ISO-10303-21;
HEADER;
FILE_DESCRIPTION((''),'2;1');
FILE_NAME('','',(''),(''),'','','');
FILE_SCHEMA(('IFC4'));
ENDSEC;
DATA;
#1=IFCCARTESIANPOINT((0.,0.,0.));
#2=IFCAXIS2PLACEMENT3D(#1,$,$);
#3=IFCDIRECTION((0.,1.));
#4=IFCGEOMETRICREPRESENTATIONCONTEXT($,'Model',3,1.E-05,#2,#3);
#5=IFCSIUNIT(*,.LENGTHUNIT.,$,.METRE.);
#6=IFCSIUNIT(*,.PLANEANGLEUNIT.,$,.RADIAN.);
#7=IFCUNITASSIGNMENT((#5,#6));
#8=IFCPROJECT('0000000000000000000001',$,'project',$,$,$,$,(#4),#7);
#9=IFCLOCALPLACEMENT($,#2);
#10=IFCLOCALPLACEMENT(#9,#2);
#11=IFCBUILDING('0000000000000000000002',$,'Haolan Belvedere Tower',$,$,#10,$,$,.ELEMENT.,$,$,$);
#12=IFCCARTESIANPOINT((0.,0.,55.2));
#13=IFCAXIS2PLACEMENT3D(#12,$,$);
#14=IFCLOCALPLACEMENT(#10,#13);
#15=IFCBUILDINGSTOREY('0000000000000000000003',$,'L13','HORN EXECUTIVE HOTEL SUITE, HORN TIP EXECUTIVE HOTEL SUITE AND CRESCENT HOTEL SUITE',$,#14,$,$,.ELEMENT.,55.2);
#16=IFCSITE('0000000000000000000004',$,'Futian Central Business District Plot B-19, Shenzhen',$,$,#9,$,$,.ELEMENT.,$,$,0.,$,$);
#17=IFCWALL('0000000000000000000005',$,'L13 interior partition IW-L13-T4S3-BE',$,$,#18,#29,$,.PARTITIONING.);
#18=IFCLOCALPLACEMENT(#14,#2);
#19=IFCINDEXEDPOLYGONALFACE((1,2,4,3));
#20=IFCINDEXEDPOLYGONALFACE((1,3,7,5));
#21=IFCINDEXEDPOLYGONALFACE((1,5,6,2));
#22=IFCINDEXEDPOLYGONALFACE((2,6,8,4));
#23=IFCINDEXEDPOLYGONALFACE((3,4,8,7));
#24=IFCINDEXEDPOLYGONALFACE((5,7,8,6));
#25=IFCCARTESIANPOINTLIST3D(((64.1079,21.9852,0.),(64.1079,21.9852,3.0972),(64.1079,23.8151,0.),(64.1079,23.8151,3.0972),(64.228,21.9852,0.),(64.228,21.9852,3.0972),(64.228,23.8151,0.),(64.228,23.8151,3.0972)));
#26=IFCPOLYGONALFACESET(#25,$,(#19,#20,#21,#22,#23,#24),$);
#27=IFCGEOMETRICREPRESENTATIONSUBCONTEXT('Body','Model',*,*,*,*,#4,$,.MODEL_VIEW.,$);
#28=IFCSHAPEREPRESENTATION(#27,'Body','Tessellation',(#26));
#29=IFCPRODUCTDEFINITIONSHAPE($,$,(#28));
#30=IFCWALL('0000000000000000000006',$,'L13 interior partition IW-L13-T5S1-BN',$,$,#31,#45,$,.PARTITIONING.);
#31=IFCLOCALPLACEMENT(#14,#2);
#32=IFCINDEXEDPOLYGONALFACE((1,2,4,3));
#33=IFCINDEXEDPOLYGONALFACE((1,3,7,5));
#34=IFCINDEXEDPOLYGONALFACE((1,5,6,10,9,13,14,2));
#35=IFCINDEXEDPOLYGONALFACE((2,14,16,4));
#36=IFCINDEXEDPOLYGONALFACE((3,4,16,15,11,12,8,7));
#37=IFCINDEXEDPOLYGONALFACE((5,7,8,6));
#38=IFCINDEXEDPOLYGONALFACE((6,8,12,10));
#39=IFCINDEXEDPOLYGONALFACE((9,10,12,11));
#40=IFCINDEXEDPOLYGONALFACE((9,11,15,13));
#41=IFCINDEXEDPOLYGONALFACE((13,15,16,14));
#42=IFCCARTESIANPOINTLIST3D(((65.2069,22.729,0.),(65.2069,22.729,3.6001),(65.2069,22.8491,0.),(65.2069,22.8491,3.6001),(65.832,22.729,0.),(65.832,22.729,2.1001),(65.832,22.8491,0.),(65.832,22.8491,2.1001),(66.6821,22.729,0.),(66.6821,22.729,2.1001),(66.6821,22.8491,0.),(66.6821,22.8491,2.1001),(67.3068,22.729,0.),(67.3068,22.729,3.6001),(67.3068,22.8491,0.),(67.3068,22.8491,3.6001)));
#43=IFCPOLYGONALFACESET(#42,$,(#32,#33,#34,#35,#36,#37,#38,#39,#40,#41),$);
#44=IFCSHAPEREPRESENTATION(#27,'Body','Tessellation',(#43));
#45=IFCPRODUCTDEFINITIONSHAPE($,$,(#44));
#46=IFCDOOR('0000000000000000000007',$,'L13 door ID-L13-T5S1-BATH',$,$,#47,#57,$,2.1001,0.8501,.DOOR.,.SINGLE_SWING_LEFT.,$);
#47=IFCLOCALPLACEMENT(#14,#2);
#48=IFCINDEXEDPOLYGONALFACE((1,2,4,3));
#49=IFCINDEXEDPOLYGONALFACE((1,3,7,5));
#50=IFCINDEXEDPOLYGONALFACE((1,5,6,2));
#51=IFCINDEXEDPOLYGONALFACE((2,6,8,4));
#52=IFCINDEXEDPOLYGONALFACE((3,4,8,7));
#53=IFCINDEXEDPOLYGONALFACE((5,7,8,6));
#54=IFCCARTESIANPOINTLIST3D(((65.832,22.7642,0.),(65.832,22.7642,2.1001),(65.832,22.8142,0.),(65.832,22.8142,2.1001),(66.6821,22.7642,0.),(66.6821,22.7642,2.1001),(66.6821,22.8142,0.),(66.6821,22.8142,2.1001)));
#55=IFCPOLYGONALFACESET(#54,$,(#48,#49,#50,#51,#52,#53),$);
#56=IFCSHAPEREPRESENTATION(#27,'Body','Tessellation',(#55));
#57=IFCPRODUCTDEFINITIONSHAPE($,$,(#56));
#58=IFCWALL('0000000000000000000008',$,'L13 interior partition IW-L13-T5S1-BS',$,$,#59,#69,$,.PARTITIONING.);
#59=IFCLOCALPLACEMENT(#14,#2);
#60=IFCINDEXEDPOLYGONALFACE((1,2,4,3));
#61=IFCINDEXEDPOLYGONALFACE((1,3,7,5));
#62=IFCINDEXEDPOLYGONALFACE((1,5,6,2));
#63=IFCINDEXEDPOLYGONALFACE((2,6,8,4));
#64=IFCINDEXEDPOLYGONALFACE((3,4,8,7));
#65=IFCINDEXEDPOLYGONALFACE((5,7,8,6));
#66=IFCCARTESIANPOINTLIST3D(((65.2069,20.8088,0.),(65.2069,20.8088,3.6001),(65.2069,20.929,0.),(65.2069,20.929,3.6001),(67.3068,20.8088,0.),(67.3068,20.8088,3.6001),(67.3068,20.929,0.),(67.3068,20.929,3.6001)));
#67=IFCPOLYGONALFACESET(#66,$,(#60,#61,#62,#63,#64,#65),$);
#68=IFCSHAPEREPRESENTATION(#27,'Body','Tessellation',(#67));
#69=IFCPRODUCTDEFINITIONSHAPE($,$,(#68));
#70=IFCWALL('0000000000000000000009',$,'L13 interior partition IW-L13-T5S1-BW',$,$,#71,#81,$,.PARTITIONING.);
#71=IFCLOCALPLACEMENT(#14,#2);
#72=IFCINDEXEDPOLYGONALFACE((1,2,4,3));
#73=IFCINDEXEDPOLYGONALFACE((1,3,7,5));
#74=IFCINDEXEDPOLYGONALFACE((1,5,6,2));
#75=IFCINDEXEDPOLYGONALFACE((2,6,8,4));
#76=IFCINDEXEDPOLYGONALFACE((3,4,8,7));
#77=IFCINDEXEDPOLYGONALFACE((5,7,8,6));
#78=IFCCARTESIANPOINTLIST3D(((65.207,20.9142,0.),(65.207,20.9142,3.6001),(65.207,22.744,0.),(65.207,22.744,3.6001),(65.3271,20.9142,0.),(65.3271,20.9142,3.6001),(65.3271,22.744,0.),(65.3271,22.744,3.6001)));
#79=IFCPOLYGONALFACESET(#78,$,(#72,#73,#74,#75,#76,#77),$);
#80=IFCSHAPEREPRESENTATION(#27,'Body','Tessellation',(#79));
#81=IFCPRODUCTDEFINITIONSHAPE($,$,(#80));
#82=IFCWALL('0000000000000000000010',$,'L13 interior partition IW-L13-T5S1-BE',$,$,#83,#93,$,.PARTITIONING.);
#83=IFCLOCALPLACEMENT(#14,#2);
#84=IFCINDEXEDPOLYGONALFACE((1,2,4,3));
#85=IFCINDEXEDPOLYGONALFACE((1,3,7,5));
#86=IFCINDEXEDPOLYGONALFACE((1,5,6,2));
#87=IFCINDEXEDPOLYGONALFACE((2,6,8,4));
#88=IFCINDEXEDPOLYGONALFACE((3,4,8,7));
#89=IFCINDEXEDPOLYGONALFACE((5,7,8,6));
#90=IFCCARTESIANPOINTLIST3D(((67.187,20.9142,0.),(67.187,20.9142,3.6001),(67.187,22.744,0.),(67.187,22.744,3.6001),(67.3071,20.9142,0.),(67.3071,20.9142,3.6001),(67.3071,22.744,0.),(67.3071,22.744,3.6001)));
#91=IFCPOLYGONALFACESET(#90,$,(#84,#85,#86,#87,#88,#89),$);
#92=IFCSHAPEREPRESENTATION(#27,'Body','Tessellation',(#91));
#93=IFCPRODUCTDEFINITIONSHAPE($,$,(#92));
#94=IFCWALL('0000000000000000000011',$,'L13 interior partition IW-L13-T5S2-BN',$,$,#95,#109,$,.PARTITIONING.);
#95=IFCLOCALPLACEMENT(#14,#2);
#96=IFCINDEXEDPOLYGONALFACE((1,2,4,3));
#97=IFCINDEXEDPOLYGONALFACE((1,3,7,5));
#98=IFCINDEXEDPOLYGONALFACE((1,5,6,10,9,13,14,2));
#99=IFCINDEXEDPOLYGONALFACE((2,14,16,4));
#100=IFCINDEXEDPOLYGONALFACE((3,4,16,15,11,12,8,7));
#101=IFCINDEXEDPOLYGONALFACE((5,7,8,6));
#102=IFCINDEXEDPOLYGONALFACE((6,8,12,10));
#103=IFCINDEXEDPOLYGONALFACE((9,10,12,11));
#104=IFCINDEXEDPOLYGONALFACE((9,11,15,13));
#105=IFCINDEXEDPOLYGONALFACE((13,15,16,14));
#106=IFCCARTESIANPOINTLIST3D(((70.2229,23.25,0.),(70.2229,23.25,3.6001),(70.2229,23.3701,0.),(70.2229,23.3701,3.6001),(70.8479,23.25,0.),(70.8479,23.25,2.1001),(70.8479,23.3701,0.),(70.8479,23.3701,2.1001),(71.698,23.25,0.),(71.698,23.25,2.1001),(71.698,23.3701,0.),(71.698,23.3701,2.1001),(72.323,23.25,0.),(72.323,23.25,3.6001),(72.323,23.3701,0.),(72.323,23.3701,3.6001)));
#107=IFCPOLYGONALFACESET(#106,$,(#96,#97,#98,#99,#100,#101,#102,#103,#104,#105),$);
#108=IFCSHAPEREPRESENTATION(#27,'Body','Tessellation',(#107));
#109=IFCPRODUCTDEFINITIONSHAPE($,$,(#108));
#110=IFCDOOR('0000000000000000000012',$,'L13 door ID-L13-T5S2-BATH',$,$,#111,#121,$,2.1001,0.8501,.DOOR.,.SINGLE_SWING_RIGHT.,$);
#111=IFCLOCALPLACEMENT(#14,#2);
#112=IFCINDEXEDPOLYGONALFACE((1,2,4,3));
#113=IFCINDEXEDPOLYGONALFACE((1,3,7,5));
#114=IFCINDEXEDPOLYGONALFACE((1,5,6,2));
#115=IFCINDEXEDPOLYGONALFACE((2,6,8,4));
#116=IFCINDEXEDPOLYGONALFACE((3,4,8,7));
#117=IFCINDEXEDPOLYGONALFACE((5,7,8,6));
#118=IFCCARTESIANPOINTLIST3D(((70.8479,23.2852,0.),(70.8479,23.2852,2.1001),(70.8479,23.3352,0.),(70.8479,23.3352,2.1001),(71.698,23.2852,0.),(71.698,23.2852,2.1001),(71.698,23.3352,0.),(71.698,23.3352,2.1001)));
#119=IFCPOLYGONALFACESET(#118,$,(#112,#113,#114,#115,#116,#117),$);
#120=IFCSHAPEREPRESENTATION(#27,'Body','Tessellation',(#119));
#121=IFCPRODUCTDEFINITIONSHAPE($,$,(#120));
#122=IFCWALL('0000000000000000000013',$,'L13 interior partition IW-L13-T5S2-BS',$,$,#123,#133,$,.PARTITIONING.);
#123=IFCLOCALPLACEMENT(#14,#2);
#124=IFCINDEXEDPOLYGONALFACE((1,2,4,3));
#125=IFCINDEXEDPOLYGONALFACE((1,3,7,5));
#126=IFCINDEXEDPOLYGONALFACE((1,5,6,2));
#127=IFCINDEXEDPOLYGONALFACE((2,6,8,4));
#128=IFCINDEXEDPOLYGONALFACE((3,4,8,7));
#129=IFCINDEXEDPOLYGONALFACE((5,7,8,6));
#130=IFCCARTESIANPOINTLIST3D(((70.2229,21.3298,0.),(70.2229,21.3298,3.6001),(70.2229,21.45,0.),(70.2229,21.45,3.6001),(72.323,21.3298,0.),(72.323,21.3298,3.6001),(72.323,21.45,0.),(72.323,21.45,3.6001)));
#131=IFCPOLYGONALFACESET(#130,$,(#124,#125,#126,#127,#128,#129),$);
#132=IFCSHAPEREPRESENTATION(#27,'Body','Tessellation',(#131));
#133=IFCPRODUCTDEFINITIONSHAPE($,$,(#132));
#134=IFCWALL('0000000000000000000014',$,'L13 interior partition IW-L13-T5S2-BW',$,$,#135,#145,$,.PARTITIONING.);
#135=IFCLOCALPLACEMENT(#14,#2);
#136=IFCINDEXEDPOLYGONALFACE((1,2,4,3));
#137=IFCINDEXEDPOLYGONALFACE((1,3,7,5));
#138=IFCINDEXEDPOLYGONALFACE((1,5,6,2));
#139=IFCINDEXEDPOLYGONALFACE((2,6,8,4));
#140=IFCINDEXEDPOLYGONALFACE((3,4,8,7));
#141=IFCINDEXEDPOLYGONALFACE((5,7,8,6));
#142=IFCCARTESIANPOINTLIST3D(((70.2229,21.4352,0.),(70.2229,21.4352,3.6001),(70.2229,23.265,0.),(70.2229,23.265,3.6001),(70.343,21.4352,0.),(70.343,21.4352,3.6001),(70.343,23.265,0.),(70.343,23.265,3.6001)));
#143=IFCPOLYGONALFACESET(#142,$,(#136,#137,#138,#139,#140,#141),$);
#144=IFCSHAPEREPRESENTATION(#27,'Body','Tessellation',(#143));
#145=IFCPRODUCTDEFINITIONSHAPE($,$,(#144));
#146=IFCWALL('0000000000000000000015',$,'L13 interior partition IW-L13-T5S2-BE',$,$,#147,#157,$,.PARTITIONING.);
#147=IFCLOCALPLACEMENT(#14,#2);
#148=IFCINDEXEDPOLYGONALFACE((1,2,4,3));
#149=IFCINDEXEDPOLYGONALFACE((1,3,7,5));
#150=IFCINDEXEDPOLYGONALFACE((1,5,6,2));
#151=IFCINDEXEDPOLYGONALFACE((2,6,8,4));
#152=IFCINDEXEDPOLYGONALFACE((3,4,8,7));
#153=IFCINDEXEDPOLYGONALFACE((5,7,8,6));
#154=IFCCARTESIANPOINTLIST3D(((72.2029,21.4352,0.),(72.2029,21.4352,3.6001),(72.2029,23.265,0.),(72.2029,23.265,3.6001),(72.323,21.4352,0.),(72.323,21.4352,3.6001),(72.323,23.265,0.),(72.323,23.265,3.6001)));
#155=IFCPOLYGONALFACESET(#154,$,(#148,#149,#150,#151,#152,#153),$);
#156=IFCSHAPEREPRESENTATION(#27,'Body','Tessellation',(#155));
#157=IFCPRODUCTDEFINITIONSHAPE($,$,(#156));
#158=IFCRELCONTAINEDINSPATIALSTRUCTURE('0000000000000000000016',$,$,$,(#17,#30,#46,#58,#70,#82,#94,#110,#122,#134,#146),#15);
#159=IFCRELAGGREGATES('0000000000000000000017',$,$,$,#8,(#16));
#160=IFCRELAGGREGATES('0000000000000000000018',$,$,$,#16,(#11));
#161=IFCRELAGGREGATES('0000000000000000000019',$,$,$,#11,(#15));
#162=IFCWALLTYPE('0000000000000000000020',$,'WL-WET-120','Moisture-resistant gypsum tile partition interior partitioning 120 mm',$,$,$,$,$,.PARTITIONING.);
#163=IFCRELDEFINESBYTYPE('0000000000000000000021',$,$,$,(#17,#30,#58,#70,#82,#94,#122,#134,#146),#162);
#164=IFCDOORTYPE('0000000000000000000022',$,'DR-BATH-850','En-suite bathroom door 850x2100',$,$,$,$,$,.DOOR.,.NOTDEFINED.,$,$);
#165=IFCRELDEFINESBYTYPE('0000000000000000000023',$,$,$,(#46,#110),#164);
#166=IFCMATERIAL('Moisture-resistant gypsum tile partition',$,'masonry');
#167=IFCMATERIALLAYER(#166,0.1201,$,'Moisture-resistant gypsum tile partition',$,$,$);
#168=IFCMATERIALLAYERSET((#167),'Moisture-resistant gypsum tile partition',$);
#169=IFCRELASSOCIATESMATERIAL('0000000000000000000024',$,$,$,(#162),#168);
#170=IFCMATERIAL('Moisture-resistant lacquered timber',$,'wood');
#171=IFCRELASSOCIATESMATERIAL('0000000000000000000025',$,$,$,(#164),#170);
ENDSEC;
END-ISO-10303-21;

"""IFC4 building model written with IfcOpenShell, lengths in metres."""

from ifc_helpers import new_model, si_unit, direction, frame, frame_2d, origin, place, context, subcontext, project, spatial, rectangle, extrude, material, layer, layer_set, type_object, element, fill, save


model = new_model("IFC4")

# Units and contexts
model_context = context("Model", 3, precision=1e-05, world=origin(), true_north=direction((0.0, 1.0)))
body_context = subcontext(model_context, "Body", "Model", "MODEL_VIEW")
ifc_project = project(units=[si_unit("LENGTHUNIT", "METRE"), si_unit("PLANEANGLEUNIT", "RADIAN")], contexts=[model_context])

# Site, building, storey
site_placement = place(None, origin())
site = spatial("IfcSite", under=ifc_project, at=site_placement, Name="Futian Central Business District Plot B-19, Shenzhen", CompositionType="ELEMENT", RefElevation=0.0)
building_placement = place(site_placement, origin())
building = spatial("IfcBuilding", under=site, at=building_placement, Name="Haolan Belvedere Tower", CompositionType="ELEMENT")
storey_placement = place(building_placement, frame((0.0, 0.0, 55.2)))
storey = spatial("IfcBuildingStorey", under=building, at=storey_placement, Name="L13", Description="HORN EXECUTIVE HOTEL SUITE, HORN TIP EXECUTIVE HOTEL SUITE AND CRESCENT HOTEL SUITE", CompositionType="ELEMENT", Elevation=55.2)

# Shared definitions
ifc_material_1 = material(Name="Moisture-resistant gypsum tile partition", Category="masonry")
ifc_layer_1 = layer(ifc_material_1, 0.1201, Name="Moisture-resistant gypsum tile partition")
ifc_layer_set_1 = layer_set([ifc_layer_1], Name="Moisture-resistant gypsum tile partition")
wall_type_1 = type_object("IfcWallType", Name="WL-WET-120", Description="Moisture-resistant gypsum tile partition interior partitioning 120 mm", PredefinedType="PARTITIONING", material=ifc_layer_set_1)
ifc_material_2 = material(Name="Moisture-resistant lacquered timber", Category="wood")
door_type_1 = type_object("IfcDoorType", Name="DR-BATH-850", Description="En-suite bathroom door 850x2100", OperationType="NOTDEFINED", PredefinedType="DOOR", material=ifc_material_2)

# Wall
wall_1_placement = place(storey_placement, frame((64.168, 21.9851, 0.0), z_axis=(0.0, 0.0, 1.0), x_axis=(0.0, 1.0, 0.0)))
element("IfcWall", 1, at=wall_1_placement, inside=storey, type_object=wall_type_1, Name="L13 interior partition IW-L13-T4S3-BE", PredefinedType="PARTITIONING", context=body_context, shape_type="SweptSolid", body=[
    extrude(rectangle(XDim=1.8298, YDim=0.1201, at=frame_2d((0.915, 0.0))), origin(), (0.0, 0.0, 1.0), 3.0972),
])

# Wall, opening, door
wall_2_placement = place(storey_placement, frame((65.207, 22.7891, 0.0), z_axis=(0.0, 0.0, 1.0), x_axis=(1.0, 0.0, 0.0)))
wall_2 = element("IfcWall", 2, at=wall_2_placement, inside=storey, type_object=wall_type_1, Name="L13 interior partition IW-L13-T5S1-BN", PredefinedType="PARTITIONING", context=body_context, shape_type="SweptSolid", body=[
    extrude(rectangle(XDim=2.0999, YDim=0.1201, at=frame_2d((1.0498, 0.0))), origin(), (0.0, 0.0, 1.0), 3.6001),
])
opening_1_placement = place(wall_2_placement, frame((1.4751, 0.0, 0.0), z_axis=(0.0, 0.0, 1.0), x_axis=(-1.0, 0.0, 0.0)))
opening_1 = element("IfcOpeningElement", 3, at=opening_1_placement, cuts=wall_2, PredefinedType="OPENING", context=body_context, shape_type="SweptSolid", body=[
    extrude(rectangle(XDim=0.8501, YDim=2.1001, at=frame_2d((0.425, 1.05))), frame((0.0, 0.0701, 0.0), z_axis=(0.0, -1.0, 0.0), x_axis=(1.0, 0.0, 0.0)), (0.0, 0.0, 1.0), 0.1401),
])
door_1_placement = place(opening_1_placement, origin())
door_1 = element("IfcDoor", 4, at=door_1_placement, inside=storey, type_object=door_type_1, Name="L13 door ID-L13-T5S1-BATH", OperationType="SINGLE_SWING_LEFT", OverallHeight=2.1001, OverallWidth=0.8501, PredefinedType="DOOR", context=body_context, shape_type="SweptSolid", body=[
    extrude(rectangle(XDim=0.8501, YDim=2.1001, at=frame_2d((0.425, 1.05))), frame((0.0, 0.0249, 0.0), z_axis=(0.0, -1.0, 0.0), x_axis=(1.0, 0.0, 0.0)), (0.0, 0.0, 1.0), 0.05),
])
fill(opening_1, door_1)

# Walls
wall_3_placement = place(storey_placement, frame((65.207, 20.8689, 0.0), z_axis=(0.0, 0.0, 1.0), x_axis=(1.0, 0.0, 0.0)))
element("IfcWall", 5, at=wall_3_placement, inside=storey, type_object=wall_type_1, Name="L13 interior partition IW-L13-T5S1-BS", PredefinedType="PARTITIONING", context=body_context, shape_type="SweptSolid", body=[
    extrude(rectangle(XDim=2.0999, YDim=0.1201, at=frame_2d((1.0498, 0.0))), origin(), (0.0, 0.0, 1.0), 3.6001),
])
for number, where, z_axis, x_axis, name in (
    (6, (65.2671, 20.9141, 0.0), (0.0, 0.0, 1.0), (0.0, 1.0, 0.0), "L13 interior partition IW-L13-T5S1-BW"),
    (7, (67.2471, 20.9141, 0.0), (0.0, 0.0, 1.0), (0.0, 1.0, 0.0), "L13 interior partition IW-L13-T5S1-BE"),
):
    element("IfcWall", number, at=place(storey_placement, frame(where, z_axis=z_axis, x_axis=x_axis)), inside=storey, type_object=wall_type_1, Name=name, PredefinedType="PARTITIONING", context=body_context, shape_type="SweptSolid", body=[
        extrude(rectangle(XDim=1.8298, YDim=0.1201, at=frame_2d((0.915, 0.0))), origin(), (0.0, 0.0, 1.0), 3.6001),
    ])

# Wall, opening, door
wall_4_placement = place(storey_placement, frame((70.2229, 23.3101, 0.0), z_axis=(0.0, 0.0, 1.0), x_axis=(1.0, 0.0, 0.0)))
wall_4 = element("IfcWall", 8, at=wall_4_placement, inside=storey, type_object=wall_type_1, Name="L13 interior partition IW-L13-T5S2-BN", PredefinedType="PARTITIONING", context=body_context, shape_type="SweptSolid", body=[
    extrude(rectangle(XDim=2.1001, YDim=0.1201, at=frame_2d((1.05, 0.0))), origin(), (0.0, 0.0, 1.0), 3.6001),
])
opening_2_placement = place(wall_4_placement, frame((1.4751, 0.0, 0.0), z_axis=(0.0, 0.0, 1.0), x_axis=(-1.0, 0.0, 0.0)))
opening_2 = element("IfcOpeningElement", 9, at=opening_2_placement, cuts=wall_4, PredefinedType="OPENING", context=body_context, shape_type="SweptSolid", body=[
    extrude(rectangle(XDim=0.8501, YDim=2.1001, at=frame_2d((0.425, 1.05))), frame((0.0, 0.0701, 0.0), z_axis=(0.0, -1.0, 0.0), x_axis=(1.0, 0.0, 0.0)), (0.0, 0.0, 1.0), 0.1401),
])
door_2_placement = place(opening_2_placement, origin())
door_2 = element("IfcDoor", 10, at=door_2_placement, inside=storey, type_object=door_type_1, Name="L13 door ID-L13-T5S2-BATH", OperationType="SINGLE_SWING_RIGHT", OverallHeight=2.1001, OverallWidth=0.8501, PredefinedType="DOOR", context=body_context, shape_type="SweptSolid", body=[
    extrude(rectangle(XDim=0.8501, YDim=2.1001, at=frame_2d((0.425, 1.05))), frame((0.0, 0.0249, 0.0), z_axis=(0.0, -1.0, 0.0), x_axis=(1.0, 0.0, 0.0)), (0.0, 0.0, 1.0), 0.05),
])
fill(opening_2, door_2)

# Walls
wall_5_placement = place(storey_placement, frame((70.2229, 21.3899, 0.0), z_axis=(0.0, 0.0, 1.0), x_axis=(1.0, 0.0, 0.0)))
element("IfcWall", 11, at=wall_5_placement, inside=storey, type_object=wall_type_1, Name="L13 interior partition IW-L13-T5S2-BS", PredefinedType="PARTITIONING", context=body_context, shape_type="SweptSolid", body=[
    extrude(rectangle(XDim=2.1001, YDim=0.1201, at=frame_2d((1.05, 0.0))), origin(), (0.0, 0.0, 1.0), 3.6001),
])
for number, where, z_axis, x_axis, name in (
    (12, (70.283, 21.4351, 0.0), (0.0, 0.0, 1.0), (0.0, 1.0, 0.0), "L13 interior partition IW-L13-T5S2-BW"),
    (13, (72.2629, 21.4351, 0.0), (0.0, 0.0, 1.0), (0.0, 1.0, 0.0), "L13 interior partition IW-L13-T5S2-BE"),
):
    element("IfcWall", number, at=place(storey_placement, frame(where, z_axis=z_axis, x_axis=x_axis)), inside=storey, type_object=wall_type_1, Name=name, PredefinedType="PARTITIONING", context=body_context, shape_type="SweptSolid", body=[
        extrude(rectangle(XDim=1.8298, YDim=0.1201, at=frame_2d((0.915, 0.0))), origin(), (0.0, 0.0, 1.0), 3.6001),
    ])

save(model, "model.ifc")
